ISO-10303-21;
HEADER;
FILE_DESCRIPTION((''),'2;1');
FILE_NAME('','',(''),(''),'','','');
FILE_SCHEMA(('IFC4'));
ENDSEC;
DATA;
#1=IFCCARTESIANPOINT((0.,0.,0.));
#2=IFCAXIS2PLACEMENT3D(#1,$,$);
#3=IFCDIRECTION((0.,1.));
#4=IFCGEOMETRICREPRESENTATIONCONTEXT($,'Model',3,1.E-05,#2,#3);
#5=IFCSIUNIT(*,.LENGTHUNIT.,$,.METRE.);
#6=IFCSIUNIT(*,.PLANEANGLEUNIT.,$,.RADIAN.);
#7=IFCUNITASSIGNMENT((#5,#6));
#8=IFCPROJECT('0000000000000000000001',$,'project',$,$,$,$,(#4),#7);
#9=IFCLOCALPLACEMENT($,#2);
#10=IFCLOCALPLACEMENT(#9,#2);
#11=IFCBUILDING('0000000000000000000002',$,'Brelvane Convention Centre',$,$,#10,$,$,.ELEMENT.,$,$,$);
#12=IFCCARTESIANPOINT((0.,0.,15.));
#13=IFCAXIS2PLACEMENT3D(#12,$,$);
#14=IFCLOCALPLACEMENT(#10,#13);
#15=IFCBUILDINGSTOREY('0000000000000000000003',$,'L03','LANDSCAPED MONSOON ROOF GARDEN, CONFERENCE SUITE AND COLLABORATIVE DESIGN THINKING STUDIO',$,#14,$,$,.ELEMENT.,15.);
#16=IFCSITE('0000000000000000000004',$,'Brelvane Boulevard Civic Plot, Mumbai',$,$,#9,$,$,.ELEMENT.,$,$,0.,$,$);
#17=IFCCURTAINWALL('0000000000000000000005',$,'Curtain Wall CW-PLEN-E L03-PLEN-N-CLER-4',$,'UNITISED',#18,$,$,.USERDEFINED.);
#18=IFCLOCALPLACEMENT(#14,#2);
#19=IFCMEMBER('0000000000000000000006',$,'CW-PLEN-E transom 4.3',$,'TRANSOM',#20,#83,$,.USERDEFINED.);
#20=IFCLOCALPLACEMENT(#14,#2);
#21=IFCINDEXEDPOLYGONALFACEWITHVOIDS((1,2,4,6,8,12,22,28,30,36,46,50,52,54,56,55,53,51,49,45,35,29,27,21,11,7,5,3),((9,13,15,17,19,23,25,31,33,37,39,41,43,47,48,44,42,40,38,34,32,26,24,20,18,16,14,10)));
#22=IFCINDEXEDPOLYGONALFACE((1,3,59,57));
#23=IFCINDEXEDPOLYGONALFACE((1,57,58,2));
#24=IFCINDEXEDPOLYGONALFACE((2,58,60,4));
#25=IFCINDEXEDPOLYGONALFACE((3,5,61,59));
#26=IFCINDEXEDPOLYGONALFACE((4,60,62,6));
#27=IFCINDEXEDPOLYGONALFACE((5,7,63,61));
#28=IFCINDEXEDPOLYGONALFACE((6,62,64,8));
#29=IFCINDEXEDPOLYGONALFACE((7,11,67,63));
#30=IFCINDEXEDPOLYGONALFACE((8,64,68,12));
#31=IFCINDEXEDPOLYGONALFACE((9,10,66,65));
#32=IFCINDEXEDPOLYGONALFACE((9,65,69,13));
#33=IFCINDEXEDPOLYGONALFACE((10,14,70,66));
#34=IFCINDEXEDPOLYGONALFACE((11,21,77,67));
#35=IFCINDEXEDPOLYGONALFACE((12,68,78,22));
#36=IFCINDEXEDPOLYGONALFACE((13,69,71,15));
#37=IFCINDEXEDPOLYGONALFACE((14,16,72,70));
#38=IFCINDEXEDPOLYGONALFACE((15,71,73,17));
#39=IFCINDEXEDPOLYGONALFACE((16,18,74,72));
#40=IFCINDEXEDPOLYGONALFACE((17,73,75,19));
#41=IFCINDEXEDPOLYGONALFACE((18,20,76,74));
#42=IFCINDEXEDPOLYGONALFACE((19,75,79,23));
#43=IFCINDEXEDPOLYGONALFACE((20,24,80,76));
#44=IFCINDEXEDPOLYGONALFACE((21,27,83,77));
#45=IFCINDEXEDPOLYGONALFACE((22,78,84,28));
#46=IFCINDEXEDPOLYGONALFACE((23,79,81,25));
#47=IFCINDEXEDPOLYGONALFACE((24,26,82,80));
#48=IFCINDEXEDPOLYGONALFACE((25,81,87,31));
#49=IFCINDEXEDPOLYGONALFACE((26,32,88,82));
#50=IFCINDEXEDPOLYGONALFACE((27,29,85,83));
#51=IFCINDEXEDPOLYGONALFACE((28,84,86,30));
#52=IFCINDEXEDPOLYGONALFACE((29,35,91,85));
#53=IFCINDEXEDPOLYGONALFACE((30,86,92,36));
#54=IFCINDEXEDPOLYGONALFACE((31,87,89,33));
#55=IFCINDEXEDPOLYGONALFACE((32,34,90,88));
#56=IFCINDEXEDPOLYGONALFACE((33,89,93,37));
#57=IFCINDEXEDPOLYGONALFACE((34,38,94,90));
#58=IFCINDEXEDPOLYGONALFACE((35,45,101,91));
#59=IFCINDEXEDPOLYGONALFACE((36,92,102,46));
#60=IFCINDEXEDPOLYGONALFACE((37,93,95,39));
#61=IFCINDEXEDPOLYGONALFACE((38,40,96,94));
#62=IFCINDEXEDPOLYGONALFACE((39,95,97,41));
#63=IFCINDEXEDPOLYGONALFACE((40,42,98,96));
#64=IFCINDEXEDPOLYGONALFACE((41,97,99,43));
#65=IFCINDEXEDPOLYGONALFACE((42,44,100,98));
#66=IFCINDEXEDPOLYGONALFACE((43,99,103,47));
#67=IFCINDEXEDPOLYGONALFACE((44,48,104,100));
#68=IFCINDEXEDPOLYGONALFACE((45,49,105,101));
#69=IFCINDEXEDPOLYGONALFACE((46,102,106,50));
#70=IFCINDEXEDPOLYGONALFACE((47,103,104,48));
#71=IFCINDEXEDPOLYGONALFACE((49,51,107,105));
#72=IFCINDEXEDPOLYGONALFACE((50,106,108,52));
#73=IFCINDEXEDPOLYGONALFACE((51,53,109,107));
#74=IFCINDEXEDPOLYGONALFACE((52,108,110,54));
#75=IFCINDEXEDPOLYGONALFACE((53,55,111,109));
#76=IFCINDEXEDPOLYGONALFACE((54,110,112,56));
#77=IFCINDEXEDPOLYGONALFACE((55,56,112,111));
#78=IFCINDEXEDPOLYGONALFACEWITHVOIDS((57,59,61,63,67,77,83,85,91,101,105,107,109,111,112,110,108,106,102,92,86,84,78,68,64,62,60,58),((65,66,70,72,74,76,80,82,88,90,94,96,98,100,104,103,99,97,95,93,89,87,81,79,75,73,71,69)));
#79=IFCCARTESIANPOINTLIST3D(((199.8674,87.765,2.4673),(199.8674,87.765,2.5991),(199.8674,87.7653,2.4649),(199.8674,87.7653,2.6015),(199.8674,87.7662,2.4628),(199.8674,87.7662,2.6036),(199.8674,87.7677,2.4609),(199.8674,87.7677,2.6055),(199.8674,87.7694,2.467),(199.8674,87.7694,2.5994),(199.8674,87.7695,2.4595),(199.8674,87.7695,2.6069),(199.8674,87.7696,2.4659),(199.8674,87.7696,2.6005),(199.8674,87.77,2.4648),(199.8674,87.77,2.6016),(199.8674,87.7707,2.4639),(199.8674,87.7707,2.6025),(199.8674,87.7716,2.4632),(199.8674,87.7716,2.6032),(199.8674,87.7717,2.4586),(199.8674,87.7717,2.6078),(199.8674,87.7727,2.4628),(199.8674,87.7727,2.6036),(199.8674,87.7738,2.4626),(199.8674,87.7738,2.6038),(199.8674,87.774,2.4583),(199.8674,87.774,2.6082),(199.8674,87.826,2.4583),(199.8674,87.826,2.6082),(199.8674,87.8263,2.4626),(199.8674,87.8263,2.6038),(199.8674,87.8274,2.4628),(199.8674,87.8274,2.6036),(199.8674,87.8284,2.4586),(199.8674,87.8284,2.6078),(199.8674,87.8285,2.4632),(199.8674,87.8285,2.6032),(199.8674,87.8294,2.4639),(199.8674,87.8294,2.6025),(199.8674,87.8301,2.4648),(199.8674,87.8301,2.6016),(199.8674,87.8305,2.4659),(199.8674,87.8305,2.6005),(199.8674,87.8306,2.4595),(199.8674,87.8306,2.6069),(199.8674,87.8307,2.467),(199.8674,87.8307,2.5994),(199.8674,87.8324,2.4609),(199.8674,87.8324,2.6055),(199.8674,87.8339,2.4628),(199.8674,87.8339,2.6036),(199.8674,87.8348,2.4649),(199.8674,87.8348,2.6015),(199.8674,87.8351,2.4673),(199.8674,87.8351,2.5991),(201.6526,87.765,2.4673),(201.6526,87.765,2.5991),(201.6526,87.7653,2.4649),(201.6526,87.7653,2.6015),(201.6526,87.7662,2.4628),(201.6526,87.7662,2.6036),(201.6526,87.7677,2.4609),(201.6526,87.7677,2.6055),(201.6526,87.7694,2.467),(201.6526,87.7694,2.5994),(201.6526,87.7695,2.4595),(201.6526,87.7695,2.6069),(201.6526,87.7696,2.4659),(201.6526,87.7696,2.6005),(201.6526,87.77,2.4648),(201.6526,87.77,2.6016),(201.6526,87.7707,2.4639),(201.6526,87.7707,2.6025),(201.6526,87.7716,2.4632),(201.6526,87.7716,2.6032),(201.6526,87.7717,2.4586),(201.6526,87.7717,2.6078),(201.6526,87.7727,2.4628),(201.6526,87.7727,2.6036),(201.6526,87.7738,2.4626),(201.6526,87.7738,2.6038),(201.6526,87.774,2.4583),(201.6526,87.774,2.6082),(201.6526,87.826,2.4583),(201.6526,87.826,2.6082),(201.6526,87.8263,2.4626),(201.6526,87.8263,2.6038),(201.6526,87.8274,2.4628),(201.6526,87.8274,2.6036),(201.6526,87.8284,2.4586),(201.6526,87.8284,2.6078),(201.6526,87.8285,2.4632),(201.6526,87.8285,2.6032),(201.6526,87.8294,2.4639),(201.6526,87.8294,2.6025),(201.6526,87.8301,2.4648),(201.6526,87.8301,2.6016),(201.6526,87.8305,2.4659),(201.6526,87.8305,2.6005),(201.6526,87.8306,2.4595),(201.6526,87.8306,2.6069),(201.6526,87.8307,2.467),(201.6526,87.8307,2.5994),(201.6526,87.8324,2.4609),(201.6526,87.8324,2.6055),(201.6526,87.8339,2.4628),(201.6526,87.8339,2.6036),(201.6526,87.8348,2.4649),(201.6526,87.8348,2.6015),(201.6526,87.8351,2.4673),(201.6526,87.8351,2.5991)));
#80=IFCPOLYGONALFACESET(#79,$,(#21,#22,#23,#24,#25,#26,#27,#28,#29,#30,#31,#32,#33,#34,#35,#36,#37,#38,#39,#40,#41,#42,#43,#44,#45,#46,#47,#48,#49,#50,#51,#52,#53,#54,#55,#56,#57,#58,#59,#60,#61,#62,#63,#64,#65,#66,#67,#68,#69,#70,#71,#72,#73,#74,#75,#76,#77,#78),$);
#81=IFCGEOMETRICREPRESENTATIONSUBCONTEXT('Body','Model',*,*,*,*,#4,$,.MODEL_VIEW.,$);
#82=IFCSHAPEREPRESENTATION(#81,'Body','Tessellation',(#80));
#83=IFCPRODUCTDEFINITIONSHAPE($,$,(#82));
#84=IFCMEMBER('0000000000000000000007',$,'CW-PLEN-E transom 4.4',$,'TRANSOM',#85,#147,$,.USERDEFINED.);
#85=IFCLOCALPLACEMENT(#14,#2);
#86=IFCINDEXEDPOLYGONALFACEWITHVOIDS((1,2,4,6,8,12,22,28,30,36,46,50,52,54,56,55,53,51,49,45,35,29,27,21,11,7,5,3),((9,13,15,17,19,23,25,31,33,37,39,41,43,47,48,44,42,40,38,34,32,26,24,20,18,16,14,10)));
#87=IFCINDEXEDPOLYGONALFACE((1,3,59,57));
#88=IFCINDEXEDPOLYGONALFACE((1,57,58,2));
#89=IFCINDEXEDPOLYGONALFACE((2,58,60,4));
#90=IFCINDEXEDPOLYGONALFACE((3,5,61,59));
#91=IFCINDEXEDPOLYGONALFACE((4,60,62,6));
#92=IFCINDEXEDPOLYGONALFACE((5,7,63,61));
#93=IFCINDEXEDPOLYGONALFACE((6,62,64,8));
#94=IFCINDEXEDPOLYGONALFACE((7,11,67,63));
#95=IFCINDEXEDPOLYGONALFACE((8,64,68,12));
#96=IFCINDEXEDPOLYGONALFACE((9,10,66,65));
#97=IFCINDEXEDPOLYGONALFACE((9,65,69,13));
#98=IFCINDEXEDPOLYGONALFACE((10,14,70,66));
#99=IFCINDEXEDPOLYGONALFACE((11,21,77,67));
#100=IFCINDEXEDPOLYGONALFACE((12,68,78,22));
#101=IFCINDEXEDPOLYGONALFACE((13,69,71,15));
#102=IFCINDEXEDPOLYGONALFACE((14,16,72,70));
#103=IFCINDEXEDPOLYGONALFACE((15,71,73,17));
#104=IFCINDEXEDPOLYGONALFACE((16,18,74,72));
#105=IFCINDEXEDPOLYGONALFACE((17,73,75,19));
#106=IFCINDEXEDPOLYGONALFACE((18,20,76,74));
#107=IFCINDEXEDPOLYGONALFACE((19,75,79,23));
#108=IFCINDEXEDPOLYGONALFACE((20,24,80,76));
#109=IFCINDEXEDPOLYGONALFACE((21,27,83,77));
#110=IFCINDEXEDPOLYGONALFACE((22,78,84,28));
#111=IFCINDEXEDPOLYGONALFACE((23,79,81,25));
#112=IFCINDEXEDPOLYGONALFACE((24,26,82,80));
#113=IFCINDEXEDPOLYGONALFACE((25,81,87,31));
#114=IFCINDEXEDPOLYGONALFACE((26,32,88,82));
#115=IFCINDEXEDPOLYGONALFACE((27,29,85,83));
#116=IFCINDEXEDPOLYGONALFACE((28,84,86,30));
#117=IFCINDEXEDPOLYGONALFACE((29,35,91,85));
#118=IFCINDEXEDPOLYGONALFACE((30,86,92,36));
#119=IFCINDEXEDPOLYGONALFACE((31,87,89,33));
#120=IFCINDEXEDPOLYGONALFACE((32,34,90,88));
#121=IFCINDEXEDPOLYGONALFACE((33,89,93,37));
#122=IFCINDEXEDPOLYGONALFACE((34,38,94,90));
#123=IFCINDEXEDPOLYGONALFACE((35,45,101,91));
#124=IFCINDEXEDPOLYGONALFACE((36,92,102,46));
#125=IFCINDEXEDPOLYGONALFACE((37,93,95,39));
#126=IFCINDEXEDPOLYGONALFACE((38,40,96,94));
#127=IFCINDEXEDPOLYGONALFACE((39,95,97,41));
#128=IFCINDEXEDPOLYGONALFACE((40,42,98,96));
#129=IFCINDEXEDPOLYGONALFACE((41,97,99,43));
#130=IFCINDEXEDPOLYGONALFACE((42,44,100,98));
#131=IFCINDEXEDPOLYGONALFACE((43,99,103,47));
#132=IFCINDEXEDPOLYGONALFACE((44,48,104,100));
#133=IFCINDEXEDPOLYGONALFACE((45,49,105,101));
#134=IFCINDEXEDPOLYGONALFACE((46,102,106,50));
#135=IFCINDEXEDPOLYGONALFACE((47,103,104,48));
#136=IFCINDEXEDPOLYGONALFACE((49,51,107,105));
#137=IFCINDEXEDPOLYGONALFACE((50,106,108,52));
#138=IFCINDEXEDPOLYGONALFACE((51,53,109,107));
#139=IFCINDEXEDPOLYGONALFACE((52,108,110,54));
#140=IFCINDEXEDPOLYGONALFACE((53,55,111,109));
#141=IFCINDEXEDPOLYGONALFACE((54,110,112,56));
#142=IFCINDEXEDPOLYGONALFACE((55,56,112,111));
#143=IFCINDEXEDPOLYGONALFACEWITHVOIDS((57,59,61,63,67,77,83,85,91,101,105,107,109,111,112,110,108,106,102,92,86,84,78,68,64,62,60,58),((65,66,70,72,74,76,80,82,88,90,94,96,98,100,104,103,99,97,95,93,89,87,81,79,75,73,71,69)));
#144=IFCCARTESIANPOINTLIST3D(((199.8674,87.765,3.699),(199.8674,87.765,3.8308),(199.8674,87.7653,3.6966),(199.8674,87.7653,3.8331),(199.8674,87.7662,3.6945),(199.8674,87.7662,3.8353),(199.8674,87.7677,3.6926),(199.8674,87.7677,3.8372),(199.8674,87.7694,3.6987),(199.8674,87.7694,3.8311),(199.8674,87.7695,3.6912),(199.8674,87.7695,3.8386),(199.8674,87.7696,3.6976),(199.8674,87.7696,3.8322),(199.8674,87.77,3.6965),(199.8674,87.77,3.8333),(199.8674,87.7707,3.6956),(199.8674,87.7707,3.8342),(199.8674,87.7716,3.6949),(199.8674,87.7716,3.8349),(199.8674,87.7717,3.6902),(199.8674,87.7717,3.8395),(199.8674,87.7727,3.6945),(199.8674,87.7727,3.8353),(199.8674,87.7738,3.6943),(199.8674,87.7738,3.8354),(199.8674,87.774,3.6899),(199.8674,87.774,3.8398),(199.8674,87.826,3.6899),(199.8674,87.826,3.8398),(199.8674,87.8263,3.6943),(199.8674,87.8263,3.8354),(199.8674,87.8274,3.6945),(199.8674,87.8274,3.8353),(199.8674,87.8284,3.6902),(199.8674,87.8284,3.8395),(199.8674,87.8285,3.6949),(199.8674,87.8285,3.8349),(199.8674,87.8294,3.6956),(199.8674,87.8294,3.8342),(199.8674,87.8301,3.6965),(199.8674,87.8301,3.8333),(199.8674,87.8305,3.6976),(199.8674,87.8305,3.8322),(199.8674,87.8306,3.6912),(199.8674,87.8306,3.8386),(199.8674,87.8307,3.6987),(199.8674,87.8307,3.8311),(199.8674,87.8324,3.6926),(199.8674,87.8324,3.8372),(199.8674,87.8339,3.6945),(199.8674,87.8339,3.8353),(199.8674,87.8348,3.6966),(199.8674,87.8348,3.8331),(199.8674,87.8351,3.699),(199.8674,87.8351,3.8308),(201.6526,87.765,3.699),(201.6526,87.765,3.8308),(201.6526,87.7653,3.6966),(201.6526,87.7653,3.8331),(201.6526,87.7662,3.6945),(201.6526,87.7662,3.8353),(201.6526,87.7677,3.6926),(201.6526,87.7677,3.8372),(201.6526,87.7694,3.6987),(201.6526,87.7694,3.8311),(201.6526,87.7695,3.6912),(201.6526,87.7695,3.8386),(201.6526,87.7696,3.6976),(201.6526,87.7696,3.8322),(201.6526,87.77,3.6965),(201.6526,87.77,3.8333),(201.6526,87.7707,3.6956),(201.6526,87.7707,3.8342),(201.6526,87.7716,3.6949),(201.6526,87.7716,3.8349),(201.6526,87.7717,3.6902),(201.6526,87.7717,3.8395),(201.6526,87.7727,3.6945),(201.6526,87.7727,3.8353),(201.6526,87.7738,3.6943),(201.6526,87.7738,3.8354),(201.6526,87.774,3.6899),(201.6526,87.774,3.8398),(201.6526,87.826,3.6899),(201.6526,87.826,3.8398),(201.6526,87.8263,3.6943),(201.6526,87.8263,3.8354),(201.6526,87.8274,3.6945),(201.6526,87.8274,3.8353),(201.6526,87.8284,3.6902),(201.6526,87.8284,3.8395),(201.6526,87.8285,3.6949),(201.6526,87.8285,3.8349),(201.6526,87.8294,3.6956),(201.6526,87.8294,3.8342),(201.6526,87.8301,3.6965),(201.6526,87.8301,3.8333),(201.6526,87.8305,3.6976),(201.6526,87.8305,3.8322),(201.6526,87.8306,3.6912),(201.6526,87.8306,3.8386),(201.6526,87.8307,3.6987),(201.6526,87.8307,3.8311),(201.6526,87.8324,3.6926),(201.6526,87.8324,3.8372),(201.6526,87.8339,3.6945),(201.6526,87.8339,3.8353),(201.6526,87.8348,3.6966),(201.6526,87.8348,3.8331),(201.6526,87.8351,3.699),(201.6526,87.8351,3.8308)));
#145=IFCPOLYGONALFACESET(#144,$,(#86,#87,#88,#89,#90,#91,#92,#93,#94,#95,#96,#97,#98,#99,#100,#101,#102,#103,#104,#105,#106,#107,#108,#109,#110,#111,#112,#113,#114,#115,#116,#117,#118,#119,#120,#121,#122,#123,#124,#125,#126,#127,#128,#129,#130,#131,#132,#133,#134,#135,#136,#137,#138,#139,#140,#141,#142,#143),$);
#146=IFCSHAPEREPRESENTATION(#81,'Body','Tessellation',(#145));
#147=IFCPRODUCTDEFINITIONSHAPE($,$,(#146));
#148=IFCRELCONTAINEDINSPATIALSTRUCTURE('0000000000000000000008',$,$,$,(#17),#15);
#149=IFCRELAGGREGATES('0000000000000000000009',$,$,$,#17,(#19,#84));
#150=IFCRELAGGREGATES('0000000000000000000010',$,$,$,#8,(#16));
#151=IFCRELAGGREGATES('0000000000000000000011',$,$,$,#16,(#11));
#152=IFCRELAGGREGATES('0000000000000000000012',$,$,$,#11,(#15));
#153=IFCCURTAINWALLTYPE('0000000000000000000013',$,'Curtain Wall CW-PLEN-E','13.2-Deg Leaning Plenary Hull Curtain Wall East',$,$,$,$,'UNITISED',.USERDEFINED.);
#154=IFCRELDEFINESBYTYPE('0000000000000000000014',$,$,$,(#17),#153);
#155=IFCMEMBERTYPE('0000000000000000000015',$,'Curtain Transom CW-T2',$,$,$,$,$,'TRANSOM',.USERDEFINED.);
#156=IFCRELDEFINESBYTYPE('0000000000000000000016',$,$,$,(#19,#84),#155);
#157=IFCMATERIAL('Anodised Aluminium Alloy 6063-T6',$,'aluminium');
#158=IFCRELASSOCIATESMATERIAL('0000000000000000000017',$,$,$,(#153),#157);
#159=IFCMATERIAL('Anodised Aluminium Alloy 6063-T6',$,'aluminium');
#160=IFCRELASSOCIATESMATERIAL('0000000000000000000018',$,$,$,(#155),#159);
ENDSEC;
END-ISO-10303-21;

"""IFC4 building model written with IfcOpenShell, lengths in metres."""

from ifc_helpers import new_model, si_unit, direction, frame, origin, origin_2d, place, context, subcontext, project, spatial, hollow_rectangle, extrude, material, material_profile, profile_set, type_object, element, aggregate, save


model = new_model("IFC4")

# Units and contexts
model_context = context("Model", 3, precision=1e-05, world=origin(), true_north=direction((0.0, 1.0)))
body_context = subcontext(model_context, "Body", "Model", "MODEL_VIEW")
ifc_project = project(units=[si_unit("LENGTHUNIT", "METRE"), si_unit("PLANEANGLEUNIT", "RADIAN")], contexts=[model_context])

# Site, building, storey
site_placement = place(None, origin())
site = spatial("IfcSite", under=ifc_project, at=site_placement, Name="Brelvane Boulevard Civic Plot, Mumbai", CompositionType="ELEMENT", RefElevation=0.0)
building_placement = place(site_placement, origin())
building = spatial("IfcBuilding", under=site, at=building_placement, Name="Brelvane Convention Centre", CompositionType="ELEMENT")
storey_placement = place(building_placement, frame((0.0, 0.0, 15.0)))
storey = spatial("IfcBuildingStorey", under=building, at=storey_placement, Name="L03", Description="LANDSCAPED MONSOON ROOF GARDEN, CONFERENCE SUITE AND COLLABORATIVE DESIGN THINKING STUDIO", CompositionType="ELEMENT", Elevation=15.0)

# Curtain wall, members
ifc_material_1 = material(Name="Anodised Aluminium Alloy 6063-T6", Category="aluminium")
curtain_wall_type = type_object("IfcCurtainWallType", Name="Curtain Wall CW-PLEN-E", Description="13.2-Deg Leaning Plenary Hull Curtain Wall East", ElementType="UNITISED", PredefinedType="USERDEFINED", material=ifc_material_1)
curtain_wall_placement = place(storey_placement, origin())
curtain_wall = element("IfcCurtainWall", 1, at=curtain_wall_placement, inside=storey, type_object=curtain_wall_type, Name="Curtain Wall CW-PLEN-E L03-PLEN-N-CLER-4", ObjectType="UNITISED", PredefinedType="USERDEFINED")
ifc_material_2 = material(Name="Anodised Aluminium Alloy 6063-T6", Category="aluminium")
ifc_material_profile_1 = material_profile(ifc_material_2, hollow_rectangle(XDim=0.0701, YDim=0.1499, WallThickness=0.0044, InnerFilletRadius=0.0044, OuterFilletRadius=0.009, at=origin_2d()), Name="ALU-T 150x70x4.5")
ifc_profile_set_1 = profile_set([ifc_material_profile_1], Name="Anodised Aluminium Alloy 6063-T6")
member_type_1 = type_object("IfcMemberType", Name="Curtain Transom CW-T2", ElementType="TRANSOM", PredefinedType="USERDEFINED", material=ifc_profile_set_1)
member_1_placement = place(storey_placement, frame((199.8674, 87.8, 2.5332), z_axis=(1.0, 0.0, 0.0), x_axis=(0.0, 1.0, 0.0)))
member_1 = element("IfcMember", 2, at=member_1_placement, type_object=member_type_1, Name="CW-PLEN-E transom 4.3", ObjectType="TRANSOM", PredefinedType="USERDEFINED", context=body_context, shape_type="SweptSolid", body=[
    extrude(hollow_rectangle(XDim=0.0701, YDim=0.1499, WallThickness=0.0044, InnerFilletRadius=0.0044, OuterFilletRadius=0.009, at=origin_2d()), origin(), (0.0, 0.0, 1.0), 1.7852),
])
member_2_placement = place(storey_placement, frame((199.8674, 87.8, 3.7649), z_axis=(1.0, 0.0, 0.0), x_axis=(0.0, 1.0, 0.0)))
member_2 = element("IfcMember", 3, at=member_2_placement, type_object=member_type_1, Name="CW-PLEN-E transom 4.4", ObjectType="TRANSOM", PredefinedType="USERDEFINED", context=body_context, shape_type="SweptSolid", body=[
    extrude(hollow_rectangle(XDim=0.0701, YDim=0.1499, WallThickness=0.0044, InnerFilletRadius=0.0044, OuterFilletRadius=0.009, at=origin_2d()), origin(), (0.0, 0.0, 1.0), 1.7852),
])

aggregate(curtain_wall, [member_1, member_2])

save(model, "model.ifc")
